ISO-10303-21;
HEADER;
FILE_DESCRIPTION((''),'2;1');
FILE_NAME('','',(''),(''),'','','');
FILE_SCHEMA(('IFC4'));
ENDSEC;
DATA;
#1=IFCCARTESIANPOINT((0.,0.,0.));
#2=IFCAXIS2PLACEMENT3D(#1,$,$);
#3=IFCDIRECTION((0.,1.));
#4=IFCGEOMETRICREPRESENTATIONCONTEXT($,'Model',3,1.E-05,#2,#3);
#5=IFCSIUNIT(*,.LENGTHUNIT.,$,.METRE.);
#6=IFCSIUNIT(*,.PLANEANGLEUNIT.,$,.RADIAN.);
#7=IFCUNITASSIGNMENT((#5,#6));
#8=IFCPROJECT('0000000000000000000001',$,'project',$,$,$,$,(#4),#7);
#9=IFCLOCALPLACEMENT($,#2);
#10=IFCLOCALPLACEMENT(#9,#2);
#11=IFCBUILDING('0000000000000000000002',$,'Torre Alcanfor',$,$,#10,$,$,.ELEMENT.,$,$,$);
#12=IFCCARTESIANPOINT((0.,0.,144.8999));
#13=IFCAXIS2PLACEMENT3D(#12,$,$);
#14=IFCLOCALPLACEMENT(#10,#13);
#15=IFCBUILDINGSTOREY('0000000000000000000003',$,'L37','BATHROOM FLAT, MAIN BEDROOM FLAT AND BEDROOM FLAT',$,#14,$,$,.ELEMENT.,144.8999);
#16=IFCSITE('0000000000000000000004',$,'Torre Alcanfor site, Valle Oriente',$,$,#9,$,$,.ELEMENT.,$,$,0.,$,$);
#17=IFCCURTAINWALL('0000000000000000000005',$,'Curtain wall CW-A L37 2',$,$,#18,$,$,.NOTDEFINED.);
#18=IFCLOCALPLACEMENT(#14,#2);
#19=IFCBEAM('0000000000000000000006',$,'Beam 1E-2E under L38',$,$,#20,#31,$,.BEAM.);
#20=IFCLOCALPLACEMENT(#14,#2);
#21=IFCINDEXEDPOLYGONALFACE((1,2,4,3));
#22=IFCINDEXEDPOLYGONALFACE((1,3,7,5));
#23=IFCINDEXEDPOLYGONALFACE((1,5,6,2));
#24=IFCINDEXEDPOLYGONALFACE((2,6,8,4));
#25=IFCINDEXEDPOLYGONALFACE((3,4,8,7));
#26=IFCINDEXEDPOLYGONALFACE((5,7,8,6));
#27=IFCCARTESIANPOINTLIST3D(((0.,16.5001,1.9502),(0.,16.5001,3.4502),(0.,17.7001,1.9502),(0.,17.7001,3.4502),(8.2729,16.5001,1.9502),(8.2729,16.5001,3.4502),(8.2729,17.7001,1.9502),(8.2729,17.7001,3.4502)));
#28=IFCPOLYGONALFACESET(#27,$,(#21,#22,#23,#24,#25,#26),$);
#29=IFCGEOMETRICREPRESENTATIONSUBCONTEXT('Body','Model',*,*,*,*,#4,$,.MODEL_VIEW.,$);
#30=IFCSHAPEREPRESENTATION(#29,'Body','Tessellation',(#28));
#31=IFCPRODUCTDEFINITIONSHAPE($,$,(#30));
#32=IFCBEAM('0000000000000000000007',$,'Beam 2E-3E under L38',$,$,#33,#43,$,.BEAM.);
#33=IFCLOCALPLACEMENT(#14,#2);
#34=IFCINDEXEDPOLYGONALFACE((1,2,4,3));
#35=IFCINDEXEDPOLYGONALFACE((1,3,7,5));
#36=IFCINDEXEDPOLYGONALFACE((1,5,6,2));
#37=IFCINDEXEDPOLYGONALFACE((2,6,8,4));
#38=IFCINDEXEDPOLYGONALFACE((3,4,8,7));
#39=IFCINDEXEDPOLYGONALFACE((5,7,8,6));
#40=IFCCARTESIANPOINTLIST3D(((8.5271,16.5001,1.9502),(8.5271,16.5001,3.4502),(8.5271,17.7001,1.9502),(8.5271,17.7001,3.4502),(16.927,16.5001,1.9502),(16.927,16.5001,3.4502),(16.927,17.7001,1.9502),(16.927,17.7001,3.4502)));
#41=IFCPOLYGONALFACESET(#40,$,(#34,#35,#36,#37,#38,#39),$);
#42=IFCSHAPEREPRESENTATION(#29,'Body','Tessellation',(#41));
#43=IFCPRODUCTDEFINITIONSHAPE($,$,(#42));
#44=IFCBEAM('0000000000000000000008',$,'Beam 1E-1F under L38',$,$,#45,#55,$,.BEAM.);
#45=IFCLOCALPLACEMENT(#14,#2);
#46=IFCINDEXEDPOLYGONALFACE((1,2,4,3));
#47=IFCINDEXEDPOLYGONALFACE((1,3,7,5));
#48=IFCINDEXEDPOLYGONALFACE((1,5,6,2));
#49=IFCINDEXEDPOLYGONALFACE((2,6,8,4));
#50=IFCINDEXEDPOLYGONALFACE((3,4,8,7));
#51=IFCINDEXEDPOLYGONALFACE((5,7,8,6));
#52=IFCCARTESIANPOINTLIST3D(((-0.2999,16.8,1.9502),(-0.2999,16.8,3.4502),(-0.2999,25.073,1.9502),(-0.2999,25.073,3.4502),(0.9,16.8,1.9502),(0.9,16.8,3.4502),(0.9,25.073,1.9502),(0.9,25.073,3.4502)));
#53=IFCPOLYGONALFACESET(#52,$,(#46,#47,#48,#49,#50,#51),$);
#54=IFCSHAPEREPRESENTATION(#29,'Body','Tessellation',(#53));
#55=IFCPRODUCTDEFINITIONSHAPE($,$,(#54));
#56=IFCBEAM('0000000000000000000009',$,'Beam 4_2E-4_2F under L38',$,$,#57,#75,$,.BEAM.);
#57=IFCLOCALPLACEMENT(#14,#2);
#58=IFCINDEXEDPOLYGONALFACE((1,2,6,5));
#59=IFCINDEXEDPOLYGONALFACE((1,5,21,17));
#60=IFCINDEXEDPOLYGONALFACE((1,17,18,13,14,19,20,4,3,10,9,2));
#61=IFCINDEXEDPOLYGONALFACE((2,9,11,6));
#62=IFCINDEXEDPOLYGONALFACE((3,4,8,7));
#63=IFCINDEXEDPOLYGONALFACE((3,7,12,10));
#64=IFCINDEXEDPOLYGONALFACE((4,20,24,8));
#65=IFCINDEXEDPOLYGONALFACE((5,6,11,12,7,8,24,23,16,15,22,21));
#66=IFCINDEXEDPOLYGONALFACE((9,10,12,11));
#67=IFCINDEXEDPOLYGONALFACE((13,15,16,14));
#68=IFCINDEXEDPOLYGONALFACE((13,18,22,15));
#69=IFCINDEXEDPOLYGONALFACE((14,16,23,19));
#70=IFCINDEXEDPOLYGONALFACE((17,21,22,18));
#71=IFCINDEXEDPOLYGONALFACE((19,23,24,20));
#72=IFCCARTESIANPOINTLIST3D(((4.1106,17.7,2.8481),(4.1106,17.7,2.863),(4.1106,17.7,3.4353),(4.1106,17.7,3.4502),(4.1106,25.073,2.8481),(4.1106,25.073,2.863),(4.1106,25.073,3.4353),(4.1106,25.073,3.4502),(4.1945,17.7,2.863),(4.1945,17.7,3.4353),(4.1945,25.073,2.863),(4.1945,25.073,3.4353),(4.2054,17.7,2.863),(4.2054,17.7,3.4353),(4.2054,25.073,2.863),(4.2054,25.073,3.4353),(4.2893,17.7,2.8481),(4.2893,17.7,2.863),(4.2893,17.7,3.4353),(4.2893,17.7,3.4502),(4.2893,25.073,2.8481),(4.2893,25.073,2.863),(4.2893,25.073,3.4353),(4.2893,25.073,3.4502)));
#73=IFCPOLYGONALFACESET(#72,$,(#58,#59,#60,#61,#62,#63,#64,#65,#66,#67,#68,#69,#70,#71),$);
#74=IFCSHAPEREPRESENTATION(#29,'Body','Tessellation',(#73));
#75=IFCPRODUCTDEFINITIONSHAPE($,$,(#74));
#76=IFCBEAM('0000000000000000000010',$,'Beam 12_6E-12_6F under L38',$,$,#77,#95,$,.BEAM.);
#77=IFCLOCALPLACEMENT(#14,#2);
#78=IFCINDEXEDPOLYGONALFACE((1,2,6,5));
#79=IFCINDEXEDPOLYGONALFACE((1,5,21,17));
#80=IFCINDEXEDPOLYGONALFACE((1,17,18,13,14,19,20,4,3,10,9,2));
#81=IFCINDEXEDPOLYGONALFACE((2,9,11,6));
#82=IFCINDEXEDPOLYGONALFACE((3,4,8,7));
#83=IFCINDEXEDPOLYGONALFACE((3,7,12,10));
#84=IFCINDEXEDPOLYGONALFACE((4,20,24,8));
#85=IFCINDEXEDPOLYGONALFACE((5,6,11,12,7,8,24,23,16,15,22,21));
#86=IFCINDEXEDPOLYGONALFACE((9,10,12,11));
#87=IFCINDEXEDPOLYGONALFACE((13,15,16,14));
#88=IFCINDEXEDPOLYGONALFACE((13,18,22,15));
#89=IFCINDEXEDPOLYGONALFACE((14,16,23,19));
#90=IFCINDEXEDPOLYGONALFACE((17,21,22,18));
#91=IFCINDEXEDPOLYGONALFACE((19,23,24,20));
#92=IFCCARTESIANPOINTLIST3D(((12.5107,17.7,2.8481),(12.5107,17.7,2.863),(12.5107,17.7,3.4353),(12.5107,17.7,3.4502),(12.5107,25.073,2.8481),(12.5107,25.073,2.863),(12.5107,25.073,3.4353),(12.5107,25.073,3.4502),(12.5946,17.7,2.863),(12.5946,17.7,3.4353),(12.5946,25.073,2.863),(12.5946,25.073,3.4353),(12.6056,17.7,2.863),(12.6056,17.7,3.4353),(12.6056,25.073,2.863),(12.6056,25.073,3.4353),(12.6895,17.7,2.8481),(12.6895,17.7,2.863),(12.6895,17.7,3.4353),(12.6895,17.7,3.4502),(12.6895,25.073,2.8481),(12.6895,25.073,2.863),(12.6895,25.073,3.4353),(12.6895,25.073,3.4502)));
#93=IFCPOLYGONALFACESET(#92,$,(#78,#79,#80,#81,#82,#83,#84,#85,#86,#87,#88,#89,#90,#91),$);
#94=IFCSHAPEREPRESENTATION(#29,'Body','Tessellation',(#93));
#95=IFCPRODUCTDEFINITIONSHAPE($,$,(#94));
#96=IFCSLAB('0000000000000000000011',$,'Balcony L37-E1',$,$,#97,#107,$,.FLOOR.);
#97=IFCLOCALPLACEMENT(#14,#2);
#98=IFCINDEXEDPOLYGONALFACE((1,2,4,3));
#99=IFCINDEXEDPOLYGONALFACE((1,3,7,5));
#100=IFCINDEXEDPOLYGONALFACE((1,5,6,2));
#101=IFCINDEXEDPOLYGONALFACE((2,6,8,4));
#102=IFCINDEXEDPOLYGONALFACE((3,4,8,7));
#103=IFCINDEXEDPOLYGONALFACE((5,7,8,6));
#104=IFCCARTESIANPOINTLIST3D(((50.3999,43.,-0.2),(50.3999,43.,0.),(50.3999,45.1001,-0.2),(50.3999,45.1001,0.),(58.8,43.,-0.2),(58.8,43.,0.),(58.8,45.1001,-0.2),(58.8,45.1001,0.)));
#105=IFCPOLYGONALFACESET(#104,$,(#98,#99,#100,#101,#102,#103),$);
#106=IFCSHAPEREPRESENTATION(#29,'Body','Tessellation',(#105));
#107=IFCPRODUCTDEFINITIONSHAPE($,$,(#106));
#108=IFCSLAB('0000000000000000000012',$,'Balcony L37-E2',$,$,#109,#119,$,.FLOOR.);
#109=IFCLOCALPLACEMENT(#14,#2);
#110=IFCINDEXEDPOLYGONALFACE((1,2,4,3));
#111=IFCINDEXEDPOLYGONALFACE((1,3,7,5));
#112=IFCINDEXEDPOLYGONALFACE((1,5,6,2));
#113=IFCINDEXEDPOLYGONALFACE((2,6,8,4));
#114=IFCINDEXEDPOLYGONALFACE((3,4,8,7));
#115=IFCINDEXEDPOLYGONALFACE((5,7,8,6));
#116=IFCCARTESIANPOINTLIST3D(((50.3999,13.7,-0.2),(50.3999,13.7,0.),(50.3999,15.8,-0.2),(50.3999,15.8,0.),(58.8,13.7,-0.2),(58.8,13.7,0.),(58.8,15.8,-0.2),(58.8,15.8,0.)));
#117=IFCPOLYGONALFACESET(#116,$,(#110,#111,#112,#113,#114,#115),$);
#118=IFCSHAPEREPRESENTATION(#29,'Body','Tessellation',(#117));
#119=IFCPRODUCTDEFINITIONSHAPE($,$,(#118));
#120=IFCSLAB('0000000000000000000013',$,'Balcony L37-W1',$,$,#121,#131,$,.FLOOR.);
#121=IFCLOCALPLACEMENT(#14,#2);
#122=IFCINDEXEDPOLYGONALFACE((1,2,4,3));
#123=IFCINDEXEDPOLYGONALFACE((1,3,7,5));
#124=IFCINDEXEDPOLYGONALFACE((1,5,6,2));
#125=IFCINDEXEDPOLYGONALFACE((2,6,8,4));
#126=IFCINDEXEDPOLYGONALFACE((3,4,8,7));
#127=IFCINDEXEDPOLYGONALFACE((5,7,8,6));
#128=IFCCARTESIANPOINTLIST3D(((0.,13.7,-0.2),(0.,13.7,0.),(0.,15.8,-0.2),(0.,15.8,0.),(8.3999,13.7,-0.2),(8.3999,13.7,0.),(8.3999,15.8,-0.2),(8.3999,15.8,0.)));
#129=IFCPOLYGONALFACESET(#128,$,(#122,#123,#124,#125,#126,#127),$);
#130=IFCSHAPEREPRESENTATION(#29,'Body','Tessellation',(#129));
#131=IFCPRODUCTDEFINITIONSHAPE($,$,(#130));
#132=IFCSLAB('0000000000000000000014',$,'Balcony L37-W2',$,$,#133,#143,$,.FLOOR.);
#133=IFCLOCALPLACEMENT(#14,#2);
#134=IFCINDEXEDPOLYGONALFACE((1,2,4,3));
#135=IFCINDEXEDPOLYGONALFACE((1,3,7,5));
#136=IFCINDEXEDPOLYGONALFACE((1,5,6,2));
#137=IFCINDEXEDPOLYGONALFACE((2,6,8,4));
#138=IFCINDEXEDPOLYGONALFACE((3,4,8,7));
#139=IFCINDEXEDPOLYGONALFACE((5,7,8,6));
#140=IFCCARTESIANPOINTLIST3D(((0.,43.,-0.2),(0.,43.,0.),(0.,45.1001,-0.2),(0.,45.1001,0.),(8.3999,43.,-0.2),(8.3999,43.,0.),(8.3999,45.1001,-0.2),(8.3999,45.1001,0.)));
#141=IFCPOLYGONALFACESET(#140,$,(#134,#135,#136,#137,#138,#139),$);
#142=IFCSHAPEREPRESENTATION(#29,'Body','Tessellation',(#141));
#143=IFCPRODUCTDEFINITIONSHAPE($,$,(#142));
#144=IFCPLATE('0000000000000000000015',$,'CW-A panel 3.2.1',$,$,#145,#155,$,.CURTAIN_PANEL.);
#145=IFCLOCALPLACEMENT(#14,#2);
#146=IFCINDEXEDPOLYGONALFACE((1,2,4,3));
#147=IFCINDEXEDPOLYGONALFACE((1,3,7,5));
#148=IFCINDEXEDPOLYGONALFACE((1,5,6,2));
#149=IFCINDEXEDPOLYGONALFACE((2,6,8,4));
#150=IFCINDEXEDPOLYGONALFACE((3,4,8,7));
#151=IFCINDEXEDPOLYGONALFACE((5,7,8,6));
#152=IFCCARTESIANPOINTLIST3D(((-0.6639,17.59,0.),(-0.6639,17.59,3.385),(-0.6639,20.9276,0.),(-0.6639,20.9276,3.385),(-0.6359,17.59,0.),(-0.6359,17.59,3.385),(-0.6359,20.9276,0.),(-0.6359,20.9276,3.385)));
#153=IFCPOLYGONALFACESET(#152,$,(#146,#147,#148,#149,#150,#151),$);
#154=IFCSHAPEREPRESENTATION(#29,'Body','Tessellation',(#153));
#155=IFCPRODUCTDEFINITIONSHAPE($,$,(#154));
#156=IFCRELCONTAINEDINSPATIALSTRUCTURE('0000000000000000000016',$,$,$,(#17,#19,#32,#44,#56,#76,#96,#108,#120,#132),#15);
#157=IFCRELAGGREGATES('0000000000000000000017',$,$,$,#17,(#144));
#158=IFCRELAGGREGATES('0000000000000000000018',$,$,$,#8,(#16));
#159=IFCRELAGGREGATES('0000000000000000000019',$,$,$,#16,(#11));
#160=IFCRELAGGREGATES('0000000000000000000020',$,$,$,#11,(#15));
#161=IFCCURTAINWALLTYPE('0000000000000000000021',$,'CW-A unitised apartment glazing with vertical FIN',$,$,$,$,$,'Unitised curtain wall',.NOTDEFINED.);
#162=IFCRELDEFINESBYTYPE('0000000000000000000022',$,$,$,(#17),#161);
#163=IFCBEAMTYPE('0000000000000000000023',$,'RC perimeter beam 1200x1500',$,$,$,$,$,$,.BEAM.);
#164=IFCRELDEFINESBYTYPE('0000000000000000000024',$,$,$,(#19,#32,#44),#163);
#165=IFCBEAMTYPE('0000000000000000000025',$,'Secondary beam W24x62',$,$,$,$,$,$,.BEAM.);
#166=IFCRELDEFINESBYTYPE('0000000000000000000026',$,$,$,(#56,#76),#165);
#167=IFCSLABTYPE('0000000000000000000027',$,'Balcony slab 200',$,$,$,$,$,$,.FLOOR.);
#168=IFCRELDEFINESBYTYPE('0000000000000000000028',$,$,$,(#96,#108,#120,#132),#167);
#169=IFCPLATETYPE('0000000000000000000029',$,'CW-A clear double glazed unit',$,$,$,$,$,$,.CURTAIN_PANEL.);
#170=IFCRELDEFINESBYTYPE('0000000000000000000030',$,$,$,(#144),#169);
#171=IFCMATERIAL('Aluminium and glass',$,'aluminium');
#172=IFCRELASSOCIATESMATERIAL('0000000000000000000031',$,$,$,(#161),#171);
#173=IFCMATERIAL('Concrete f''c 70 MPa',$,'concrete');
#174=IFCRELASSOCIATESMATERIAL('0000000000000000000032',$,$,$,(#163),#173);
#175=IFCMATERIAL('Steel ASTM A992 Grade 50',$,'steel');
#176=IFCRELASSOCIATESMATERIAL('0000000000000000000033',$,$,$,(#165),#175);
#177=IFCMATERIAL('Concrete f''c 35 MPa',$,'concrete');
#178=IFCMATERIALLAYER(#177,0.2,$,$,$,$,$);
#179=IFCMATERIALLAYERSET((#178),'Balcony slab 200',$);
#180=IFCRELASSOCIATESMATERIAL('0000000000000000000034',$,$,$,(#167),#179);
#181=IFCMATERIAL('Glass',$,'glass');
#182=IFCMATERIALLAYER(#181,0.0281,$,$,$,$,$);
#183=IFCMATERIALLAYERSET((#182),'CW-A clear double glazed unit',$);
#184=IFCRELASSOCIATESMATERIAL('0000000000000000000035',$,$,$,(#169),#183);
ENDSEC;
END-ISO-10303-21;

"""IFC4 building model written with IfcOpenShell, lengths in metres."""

from ifc_helpers import new_model, si_unit, direction, frame, origin, origin_2d, place, context, subcontext, project, spatial, polyline, rectangle, i_section, outline, extrude, material, layer, layer_set, material_profile, profile_set, type_object, element, aggregate, save


model = new_model("IFC4")

# Units and contexts
model_context = context("Model", 3, precision=1e-05, world=origin(), true_north=direction((0.0, 1.0)))
body_context = subcontext(model_context, "Body", "Model", "MODEL_VIEW")
ifc_project = project(units=[si_unit("LENGTHUNIT", "METRE"), si_unit("PLANEANGLEUNIT", "RADIAN")], contexts=[model_context])

# Site, building, storey
site_placement = place(None, origin())
site = spatial("IfcSite", under=ifc_project, at=site_placement, Name="Torre Alcanfor site, Valle Oriente", CompositionType="ELEMENT", RefElevation=0.0)
building_placement = place(site_placement, origin())
building = spatial("IfcBuilding", under=site, at=building_placement, Name="Torre Alcanfor", CompositionType="ELEMENT")
storey_placement = place(building_placement, frame((0.0, 0.0, 144.8999)))
storey = spatial("IfcBuildingStorey", under=building, at=storey_placement, Name="L37", Description="BATHROOM FLAT, MAIN BEDROOM FLAT AND BEDROOM FLAT", CompositionType="ELEMENT", Elevation=144.8999)

# Curtain wall
ifc_material_1 = material(Name="Aluminium and glass", Category="aluminium")
curtain_wall_type = type_object("IfcCurtainWallType", Name="CW-A unitised apartment glazing with vertical FIN", ElementType="Unitised curtain wall", PredefinedType="NOTDEFINED", material=ifc_material_1)
curtain_wall_placement = place(storey_placement, origin())
curtain_wall = element("IfcCurtainWall", 1, at=curtain_wall_placement, inside=storey, type_object=curtain_wall_type, Name="Curtain wall CW-A L37 2", PredefinedType="NOTDEFINED")

# Beams
ifc_material_2 = material(Name="Concrete f'c 70 MPa", Category="concrete")
ifc_material_profile_1 = material_profile(ifc_material_2, rectangle(XDim=1.2, YDim=1.5, at=origin_2d()), Name="1200x1500")
ifc_profile_set_1 = profile_set([ifc_material_profile_1], Name="Concrete f'c 70 MPa")
beam_type_1 = type_object("IfcBeamType", Name="RC perimeter beam 1200x1500", PredefinedType="BEAM", material=ifc_profile_set_1)
beam_1_placement = place(storey_placement, frame((0.0, 17.1001, 2.7002), z_axis=(1.0, 0.0, 0.0), x_axis=(0.0, 1.0, 0.0)))
element("IfcBeam", 2, at=beam_1_placement, inside=storey, type_object=beam_type_1, Name="Beam 1E-2E under L38", PredefinedType="BEAM", context=body_context, shape_type="SweptSolid", body=[
    extrude(rectangle(XDim=1.2, YDim=1.5, at=origin_2d()), origin(), (0.0, 0.0, 1.0), 8.2729),
])
beam_2_placement = place(storey_placement, frame((8.5271, 17.1001, 2.7002), z_axis=(1.0, 0.0, 0.0), x_axis=(0.0, 1.0, 0.0)))
element("IfcBeam", 3, at=beam_2_placement, inside=storey, type_object=beam_type_1, Name="Beam 2E-3E under L38", PredefinedType="BEAM", context=body_context, shape_type="SweptSolid", body=[
    extrude(rectangle(XDim=1.2, YDim=1.5, at=origin_2d()), origin(), (0.0, 0.0, 1.0), 8.3999),
])
beam_3_placement = place(storey_placement, frame((0.3, 16.8, 2.7002), z_axis=(0.0, 1.0, 0.0), x_axis=(-1.0, 0.0, 0.0)))
element("IfcBeam", 4, at=beam_3_placement, inside=storey, type_object=beam_type_1, Name="Beam 1E-1F under L38", PredefinedType="BEAM", context=body_context, shape_type="SweptSolid", body=[
    extrude(rectangle(XDim=1.2, YDim=1.5, at=origin_2d()), origin(), (0.0, 0.0, 1.0), 8.2729),
])
ifc_material_3 = material(Name="Steel ASTM A992 Grade 50", Category="steel")
ifc_material_profile_2 = material_profile(ifc_material_3, i_section(OverallWidth=0.1787, OverallDepth=0.6021, WebThickness=0.011, FlangeThickness=0.0149, at=origin_2d()), Name="W24x62")
ifc_profile_set_2 = profile_set([ifc_material_profile_2], Name="Steel ASTM A992 Grade 50")
beam_type_2 = type_object("IfcBeamType", Name="Secondary beam W24x62", PredefinedType="BEAM", material=ifc_profile_set_2)
for number, where, z_axis, x_axis, name in (
    (5, (4.2, 17.7, 3.1492), (0.0, 1.0, 0.0), (-1.0, 0.0, 0.0), "Beam 4_2E-4_2F under L38"),
    (6, (12.6001, 17.7, 3.1492), (0.0, 1.0, 0.0), (-1.0, 0.0, 0.0), "Beam 12_6E-12_6F under L38"),
):
    element("IfcBeam", number, at=place(storey_placement, frame(where, z_axis=z_axis, x_axis=x_axis)), inside=storey, type_object=beam_type_2, Name=name, PredefinedType="BEAM", context=body_context, shape_type="SweptSolid", body=[
        extrude(i_section(OverallWidth=0.1787, OverallDepth=0.6021, WebThickness=0.011, FlangeThickness=0.0149, at=origin_2d()), origin(), (0.0, 0.0, 1.0), 7.373),
    ])

# Slabs
ifc_material_4 = material(Name="Concrete f'c 35 MPa", Category="concrete")
ifc_layer_1 = layer(ifc_material_4, 0.2)
ifc_layer_set_1 = layer_set([ifc_layer_1], Name="Balcony slab 200")
slab_type_1 = type_object("IfcSlabType", Name="Balcony slab 200", PredefinedType="FLOOR", material=ifc_layer_set_1)
slab_1_placement = place(storey_placement, frame((0.0, 0.0, -0.2)))
element("IfcSlab", 7, at=slab_1_placement, inside=storey, type_object=slab_type_1, Name="Balcony L37-E1", PredefinedType="FLOOR", context=body_context, shape_type="SweptSolid", body=[
    extrude(outline(polyline([(50.3999, 43.0), (58.8, 43.0), (58.8, 45.1001), (50.3999, 45.1001), (50.3999, 43.0)])), origin(), (0.0, 0.0, 1.0), 0.2),
])
slab_2_placement = place(storey_placement, frame((0.0, 0.0, -0.2)))
element("IfcSlab", 8, at=slab_2_placement, inside=storey, type_object=slab_type_1, Name="Balcony L37-E2", PredefinedType="FLOOR", context=body_context, shape_type="SweptSolid", body=[
    extrude(outline(polyline([(50.3999, 13.7), (58.8, 13.7), (58.8, 15.8), (50.3999, 15.8), (50.3999, 13.7)])), origin(), (0.0, 0.0, 1.0), 0.2),
])
slab_3_placement = place(storey_placement, frame((0.0, 0.0, -0.2)))
element("IfcSlab", 9, at=slab_3_placement, inside=storey, type_object=slab_type_1, Name="Balcony L37-W1", PredefinedType="FLOOR", context=body_context, shape_type="SweptSolid", body=[
    extrude(outline(polyline([(8.3999, 15.8), (0.0, 15.8), (0.0, 13.7), (8.3999, 13.7), (8.3999, 15.8)])), origin(), (0.0, 0.0, 1.0), 0.2),
])
slab_4_placement = place(storey_placement, frame((0.0, 0.0, -0.2)))
element("IfcSlab", 10, at=slab_4_placement, inside=storey, type_object=slab_type_1, Name="Balcony L37-W2", PredefinedType="FLOOR", context=body_context, shape_type="SweptSolid", body=[
    extrude(outline(polyline([(8.3999, 45.1001), (0.0, 45.1001), (0.0, 43.0), (8.3999, 43.0), (8.3999, 45.1001)])), origin(), (0.0, 0.0, 1.0), 0.2),
])

# Plate
ifc_material_5 = material(Name="Glass", Category="glass")
ifc_layer_2 = layer(ifc_material_5, 0.0281)
ifc_layer_set_2 = layer_set([ifc_layer_2], Name="CW-A clear double glazed unit")
plate_type = type_object("IfcPlateType", Name="CW-A clear double glazed unit", PredefinedType="CURTAIN_PANEL", material=ifc_layer_set_2)
plate_placement = place(storey_placement, frame((-0.6499, 19.2588, 0.0), z_axis=(0.0, 0.0, 1.0), x_axis=(0.0, -1.0, 0.0)))
plate = element("IfcPlate", 11, at=plate_placement, type_object=plate_type, Name="CW-A panel 3.2.1", PredefinedType="CURTAIN_PANEL", context=body_context, shape_type="SweptSolid", body=[
    extrude(rectangle(XDim=3.3376, YDim=0.0281, at=origin_2d()), origin(), (0.0, 0.0, 1.0), 3.385),
])
aggregate(curtain_wall, [plate])

save(model, "model.ifc")
